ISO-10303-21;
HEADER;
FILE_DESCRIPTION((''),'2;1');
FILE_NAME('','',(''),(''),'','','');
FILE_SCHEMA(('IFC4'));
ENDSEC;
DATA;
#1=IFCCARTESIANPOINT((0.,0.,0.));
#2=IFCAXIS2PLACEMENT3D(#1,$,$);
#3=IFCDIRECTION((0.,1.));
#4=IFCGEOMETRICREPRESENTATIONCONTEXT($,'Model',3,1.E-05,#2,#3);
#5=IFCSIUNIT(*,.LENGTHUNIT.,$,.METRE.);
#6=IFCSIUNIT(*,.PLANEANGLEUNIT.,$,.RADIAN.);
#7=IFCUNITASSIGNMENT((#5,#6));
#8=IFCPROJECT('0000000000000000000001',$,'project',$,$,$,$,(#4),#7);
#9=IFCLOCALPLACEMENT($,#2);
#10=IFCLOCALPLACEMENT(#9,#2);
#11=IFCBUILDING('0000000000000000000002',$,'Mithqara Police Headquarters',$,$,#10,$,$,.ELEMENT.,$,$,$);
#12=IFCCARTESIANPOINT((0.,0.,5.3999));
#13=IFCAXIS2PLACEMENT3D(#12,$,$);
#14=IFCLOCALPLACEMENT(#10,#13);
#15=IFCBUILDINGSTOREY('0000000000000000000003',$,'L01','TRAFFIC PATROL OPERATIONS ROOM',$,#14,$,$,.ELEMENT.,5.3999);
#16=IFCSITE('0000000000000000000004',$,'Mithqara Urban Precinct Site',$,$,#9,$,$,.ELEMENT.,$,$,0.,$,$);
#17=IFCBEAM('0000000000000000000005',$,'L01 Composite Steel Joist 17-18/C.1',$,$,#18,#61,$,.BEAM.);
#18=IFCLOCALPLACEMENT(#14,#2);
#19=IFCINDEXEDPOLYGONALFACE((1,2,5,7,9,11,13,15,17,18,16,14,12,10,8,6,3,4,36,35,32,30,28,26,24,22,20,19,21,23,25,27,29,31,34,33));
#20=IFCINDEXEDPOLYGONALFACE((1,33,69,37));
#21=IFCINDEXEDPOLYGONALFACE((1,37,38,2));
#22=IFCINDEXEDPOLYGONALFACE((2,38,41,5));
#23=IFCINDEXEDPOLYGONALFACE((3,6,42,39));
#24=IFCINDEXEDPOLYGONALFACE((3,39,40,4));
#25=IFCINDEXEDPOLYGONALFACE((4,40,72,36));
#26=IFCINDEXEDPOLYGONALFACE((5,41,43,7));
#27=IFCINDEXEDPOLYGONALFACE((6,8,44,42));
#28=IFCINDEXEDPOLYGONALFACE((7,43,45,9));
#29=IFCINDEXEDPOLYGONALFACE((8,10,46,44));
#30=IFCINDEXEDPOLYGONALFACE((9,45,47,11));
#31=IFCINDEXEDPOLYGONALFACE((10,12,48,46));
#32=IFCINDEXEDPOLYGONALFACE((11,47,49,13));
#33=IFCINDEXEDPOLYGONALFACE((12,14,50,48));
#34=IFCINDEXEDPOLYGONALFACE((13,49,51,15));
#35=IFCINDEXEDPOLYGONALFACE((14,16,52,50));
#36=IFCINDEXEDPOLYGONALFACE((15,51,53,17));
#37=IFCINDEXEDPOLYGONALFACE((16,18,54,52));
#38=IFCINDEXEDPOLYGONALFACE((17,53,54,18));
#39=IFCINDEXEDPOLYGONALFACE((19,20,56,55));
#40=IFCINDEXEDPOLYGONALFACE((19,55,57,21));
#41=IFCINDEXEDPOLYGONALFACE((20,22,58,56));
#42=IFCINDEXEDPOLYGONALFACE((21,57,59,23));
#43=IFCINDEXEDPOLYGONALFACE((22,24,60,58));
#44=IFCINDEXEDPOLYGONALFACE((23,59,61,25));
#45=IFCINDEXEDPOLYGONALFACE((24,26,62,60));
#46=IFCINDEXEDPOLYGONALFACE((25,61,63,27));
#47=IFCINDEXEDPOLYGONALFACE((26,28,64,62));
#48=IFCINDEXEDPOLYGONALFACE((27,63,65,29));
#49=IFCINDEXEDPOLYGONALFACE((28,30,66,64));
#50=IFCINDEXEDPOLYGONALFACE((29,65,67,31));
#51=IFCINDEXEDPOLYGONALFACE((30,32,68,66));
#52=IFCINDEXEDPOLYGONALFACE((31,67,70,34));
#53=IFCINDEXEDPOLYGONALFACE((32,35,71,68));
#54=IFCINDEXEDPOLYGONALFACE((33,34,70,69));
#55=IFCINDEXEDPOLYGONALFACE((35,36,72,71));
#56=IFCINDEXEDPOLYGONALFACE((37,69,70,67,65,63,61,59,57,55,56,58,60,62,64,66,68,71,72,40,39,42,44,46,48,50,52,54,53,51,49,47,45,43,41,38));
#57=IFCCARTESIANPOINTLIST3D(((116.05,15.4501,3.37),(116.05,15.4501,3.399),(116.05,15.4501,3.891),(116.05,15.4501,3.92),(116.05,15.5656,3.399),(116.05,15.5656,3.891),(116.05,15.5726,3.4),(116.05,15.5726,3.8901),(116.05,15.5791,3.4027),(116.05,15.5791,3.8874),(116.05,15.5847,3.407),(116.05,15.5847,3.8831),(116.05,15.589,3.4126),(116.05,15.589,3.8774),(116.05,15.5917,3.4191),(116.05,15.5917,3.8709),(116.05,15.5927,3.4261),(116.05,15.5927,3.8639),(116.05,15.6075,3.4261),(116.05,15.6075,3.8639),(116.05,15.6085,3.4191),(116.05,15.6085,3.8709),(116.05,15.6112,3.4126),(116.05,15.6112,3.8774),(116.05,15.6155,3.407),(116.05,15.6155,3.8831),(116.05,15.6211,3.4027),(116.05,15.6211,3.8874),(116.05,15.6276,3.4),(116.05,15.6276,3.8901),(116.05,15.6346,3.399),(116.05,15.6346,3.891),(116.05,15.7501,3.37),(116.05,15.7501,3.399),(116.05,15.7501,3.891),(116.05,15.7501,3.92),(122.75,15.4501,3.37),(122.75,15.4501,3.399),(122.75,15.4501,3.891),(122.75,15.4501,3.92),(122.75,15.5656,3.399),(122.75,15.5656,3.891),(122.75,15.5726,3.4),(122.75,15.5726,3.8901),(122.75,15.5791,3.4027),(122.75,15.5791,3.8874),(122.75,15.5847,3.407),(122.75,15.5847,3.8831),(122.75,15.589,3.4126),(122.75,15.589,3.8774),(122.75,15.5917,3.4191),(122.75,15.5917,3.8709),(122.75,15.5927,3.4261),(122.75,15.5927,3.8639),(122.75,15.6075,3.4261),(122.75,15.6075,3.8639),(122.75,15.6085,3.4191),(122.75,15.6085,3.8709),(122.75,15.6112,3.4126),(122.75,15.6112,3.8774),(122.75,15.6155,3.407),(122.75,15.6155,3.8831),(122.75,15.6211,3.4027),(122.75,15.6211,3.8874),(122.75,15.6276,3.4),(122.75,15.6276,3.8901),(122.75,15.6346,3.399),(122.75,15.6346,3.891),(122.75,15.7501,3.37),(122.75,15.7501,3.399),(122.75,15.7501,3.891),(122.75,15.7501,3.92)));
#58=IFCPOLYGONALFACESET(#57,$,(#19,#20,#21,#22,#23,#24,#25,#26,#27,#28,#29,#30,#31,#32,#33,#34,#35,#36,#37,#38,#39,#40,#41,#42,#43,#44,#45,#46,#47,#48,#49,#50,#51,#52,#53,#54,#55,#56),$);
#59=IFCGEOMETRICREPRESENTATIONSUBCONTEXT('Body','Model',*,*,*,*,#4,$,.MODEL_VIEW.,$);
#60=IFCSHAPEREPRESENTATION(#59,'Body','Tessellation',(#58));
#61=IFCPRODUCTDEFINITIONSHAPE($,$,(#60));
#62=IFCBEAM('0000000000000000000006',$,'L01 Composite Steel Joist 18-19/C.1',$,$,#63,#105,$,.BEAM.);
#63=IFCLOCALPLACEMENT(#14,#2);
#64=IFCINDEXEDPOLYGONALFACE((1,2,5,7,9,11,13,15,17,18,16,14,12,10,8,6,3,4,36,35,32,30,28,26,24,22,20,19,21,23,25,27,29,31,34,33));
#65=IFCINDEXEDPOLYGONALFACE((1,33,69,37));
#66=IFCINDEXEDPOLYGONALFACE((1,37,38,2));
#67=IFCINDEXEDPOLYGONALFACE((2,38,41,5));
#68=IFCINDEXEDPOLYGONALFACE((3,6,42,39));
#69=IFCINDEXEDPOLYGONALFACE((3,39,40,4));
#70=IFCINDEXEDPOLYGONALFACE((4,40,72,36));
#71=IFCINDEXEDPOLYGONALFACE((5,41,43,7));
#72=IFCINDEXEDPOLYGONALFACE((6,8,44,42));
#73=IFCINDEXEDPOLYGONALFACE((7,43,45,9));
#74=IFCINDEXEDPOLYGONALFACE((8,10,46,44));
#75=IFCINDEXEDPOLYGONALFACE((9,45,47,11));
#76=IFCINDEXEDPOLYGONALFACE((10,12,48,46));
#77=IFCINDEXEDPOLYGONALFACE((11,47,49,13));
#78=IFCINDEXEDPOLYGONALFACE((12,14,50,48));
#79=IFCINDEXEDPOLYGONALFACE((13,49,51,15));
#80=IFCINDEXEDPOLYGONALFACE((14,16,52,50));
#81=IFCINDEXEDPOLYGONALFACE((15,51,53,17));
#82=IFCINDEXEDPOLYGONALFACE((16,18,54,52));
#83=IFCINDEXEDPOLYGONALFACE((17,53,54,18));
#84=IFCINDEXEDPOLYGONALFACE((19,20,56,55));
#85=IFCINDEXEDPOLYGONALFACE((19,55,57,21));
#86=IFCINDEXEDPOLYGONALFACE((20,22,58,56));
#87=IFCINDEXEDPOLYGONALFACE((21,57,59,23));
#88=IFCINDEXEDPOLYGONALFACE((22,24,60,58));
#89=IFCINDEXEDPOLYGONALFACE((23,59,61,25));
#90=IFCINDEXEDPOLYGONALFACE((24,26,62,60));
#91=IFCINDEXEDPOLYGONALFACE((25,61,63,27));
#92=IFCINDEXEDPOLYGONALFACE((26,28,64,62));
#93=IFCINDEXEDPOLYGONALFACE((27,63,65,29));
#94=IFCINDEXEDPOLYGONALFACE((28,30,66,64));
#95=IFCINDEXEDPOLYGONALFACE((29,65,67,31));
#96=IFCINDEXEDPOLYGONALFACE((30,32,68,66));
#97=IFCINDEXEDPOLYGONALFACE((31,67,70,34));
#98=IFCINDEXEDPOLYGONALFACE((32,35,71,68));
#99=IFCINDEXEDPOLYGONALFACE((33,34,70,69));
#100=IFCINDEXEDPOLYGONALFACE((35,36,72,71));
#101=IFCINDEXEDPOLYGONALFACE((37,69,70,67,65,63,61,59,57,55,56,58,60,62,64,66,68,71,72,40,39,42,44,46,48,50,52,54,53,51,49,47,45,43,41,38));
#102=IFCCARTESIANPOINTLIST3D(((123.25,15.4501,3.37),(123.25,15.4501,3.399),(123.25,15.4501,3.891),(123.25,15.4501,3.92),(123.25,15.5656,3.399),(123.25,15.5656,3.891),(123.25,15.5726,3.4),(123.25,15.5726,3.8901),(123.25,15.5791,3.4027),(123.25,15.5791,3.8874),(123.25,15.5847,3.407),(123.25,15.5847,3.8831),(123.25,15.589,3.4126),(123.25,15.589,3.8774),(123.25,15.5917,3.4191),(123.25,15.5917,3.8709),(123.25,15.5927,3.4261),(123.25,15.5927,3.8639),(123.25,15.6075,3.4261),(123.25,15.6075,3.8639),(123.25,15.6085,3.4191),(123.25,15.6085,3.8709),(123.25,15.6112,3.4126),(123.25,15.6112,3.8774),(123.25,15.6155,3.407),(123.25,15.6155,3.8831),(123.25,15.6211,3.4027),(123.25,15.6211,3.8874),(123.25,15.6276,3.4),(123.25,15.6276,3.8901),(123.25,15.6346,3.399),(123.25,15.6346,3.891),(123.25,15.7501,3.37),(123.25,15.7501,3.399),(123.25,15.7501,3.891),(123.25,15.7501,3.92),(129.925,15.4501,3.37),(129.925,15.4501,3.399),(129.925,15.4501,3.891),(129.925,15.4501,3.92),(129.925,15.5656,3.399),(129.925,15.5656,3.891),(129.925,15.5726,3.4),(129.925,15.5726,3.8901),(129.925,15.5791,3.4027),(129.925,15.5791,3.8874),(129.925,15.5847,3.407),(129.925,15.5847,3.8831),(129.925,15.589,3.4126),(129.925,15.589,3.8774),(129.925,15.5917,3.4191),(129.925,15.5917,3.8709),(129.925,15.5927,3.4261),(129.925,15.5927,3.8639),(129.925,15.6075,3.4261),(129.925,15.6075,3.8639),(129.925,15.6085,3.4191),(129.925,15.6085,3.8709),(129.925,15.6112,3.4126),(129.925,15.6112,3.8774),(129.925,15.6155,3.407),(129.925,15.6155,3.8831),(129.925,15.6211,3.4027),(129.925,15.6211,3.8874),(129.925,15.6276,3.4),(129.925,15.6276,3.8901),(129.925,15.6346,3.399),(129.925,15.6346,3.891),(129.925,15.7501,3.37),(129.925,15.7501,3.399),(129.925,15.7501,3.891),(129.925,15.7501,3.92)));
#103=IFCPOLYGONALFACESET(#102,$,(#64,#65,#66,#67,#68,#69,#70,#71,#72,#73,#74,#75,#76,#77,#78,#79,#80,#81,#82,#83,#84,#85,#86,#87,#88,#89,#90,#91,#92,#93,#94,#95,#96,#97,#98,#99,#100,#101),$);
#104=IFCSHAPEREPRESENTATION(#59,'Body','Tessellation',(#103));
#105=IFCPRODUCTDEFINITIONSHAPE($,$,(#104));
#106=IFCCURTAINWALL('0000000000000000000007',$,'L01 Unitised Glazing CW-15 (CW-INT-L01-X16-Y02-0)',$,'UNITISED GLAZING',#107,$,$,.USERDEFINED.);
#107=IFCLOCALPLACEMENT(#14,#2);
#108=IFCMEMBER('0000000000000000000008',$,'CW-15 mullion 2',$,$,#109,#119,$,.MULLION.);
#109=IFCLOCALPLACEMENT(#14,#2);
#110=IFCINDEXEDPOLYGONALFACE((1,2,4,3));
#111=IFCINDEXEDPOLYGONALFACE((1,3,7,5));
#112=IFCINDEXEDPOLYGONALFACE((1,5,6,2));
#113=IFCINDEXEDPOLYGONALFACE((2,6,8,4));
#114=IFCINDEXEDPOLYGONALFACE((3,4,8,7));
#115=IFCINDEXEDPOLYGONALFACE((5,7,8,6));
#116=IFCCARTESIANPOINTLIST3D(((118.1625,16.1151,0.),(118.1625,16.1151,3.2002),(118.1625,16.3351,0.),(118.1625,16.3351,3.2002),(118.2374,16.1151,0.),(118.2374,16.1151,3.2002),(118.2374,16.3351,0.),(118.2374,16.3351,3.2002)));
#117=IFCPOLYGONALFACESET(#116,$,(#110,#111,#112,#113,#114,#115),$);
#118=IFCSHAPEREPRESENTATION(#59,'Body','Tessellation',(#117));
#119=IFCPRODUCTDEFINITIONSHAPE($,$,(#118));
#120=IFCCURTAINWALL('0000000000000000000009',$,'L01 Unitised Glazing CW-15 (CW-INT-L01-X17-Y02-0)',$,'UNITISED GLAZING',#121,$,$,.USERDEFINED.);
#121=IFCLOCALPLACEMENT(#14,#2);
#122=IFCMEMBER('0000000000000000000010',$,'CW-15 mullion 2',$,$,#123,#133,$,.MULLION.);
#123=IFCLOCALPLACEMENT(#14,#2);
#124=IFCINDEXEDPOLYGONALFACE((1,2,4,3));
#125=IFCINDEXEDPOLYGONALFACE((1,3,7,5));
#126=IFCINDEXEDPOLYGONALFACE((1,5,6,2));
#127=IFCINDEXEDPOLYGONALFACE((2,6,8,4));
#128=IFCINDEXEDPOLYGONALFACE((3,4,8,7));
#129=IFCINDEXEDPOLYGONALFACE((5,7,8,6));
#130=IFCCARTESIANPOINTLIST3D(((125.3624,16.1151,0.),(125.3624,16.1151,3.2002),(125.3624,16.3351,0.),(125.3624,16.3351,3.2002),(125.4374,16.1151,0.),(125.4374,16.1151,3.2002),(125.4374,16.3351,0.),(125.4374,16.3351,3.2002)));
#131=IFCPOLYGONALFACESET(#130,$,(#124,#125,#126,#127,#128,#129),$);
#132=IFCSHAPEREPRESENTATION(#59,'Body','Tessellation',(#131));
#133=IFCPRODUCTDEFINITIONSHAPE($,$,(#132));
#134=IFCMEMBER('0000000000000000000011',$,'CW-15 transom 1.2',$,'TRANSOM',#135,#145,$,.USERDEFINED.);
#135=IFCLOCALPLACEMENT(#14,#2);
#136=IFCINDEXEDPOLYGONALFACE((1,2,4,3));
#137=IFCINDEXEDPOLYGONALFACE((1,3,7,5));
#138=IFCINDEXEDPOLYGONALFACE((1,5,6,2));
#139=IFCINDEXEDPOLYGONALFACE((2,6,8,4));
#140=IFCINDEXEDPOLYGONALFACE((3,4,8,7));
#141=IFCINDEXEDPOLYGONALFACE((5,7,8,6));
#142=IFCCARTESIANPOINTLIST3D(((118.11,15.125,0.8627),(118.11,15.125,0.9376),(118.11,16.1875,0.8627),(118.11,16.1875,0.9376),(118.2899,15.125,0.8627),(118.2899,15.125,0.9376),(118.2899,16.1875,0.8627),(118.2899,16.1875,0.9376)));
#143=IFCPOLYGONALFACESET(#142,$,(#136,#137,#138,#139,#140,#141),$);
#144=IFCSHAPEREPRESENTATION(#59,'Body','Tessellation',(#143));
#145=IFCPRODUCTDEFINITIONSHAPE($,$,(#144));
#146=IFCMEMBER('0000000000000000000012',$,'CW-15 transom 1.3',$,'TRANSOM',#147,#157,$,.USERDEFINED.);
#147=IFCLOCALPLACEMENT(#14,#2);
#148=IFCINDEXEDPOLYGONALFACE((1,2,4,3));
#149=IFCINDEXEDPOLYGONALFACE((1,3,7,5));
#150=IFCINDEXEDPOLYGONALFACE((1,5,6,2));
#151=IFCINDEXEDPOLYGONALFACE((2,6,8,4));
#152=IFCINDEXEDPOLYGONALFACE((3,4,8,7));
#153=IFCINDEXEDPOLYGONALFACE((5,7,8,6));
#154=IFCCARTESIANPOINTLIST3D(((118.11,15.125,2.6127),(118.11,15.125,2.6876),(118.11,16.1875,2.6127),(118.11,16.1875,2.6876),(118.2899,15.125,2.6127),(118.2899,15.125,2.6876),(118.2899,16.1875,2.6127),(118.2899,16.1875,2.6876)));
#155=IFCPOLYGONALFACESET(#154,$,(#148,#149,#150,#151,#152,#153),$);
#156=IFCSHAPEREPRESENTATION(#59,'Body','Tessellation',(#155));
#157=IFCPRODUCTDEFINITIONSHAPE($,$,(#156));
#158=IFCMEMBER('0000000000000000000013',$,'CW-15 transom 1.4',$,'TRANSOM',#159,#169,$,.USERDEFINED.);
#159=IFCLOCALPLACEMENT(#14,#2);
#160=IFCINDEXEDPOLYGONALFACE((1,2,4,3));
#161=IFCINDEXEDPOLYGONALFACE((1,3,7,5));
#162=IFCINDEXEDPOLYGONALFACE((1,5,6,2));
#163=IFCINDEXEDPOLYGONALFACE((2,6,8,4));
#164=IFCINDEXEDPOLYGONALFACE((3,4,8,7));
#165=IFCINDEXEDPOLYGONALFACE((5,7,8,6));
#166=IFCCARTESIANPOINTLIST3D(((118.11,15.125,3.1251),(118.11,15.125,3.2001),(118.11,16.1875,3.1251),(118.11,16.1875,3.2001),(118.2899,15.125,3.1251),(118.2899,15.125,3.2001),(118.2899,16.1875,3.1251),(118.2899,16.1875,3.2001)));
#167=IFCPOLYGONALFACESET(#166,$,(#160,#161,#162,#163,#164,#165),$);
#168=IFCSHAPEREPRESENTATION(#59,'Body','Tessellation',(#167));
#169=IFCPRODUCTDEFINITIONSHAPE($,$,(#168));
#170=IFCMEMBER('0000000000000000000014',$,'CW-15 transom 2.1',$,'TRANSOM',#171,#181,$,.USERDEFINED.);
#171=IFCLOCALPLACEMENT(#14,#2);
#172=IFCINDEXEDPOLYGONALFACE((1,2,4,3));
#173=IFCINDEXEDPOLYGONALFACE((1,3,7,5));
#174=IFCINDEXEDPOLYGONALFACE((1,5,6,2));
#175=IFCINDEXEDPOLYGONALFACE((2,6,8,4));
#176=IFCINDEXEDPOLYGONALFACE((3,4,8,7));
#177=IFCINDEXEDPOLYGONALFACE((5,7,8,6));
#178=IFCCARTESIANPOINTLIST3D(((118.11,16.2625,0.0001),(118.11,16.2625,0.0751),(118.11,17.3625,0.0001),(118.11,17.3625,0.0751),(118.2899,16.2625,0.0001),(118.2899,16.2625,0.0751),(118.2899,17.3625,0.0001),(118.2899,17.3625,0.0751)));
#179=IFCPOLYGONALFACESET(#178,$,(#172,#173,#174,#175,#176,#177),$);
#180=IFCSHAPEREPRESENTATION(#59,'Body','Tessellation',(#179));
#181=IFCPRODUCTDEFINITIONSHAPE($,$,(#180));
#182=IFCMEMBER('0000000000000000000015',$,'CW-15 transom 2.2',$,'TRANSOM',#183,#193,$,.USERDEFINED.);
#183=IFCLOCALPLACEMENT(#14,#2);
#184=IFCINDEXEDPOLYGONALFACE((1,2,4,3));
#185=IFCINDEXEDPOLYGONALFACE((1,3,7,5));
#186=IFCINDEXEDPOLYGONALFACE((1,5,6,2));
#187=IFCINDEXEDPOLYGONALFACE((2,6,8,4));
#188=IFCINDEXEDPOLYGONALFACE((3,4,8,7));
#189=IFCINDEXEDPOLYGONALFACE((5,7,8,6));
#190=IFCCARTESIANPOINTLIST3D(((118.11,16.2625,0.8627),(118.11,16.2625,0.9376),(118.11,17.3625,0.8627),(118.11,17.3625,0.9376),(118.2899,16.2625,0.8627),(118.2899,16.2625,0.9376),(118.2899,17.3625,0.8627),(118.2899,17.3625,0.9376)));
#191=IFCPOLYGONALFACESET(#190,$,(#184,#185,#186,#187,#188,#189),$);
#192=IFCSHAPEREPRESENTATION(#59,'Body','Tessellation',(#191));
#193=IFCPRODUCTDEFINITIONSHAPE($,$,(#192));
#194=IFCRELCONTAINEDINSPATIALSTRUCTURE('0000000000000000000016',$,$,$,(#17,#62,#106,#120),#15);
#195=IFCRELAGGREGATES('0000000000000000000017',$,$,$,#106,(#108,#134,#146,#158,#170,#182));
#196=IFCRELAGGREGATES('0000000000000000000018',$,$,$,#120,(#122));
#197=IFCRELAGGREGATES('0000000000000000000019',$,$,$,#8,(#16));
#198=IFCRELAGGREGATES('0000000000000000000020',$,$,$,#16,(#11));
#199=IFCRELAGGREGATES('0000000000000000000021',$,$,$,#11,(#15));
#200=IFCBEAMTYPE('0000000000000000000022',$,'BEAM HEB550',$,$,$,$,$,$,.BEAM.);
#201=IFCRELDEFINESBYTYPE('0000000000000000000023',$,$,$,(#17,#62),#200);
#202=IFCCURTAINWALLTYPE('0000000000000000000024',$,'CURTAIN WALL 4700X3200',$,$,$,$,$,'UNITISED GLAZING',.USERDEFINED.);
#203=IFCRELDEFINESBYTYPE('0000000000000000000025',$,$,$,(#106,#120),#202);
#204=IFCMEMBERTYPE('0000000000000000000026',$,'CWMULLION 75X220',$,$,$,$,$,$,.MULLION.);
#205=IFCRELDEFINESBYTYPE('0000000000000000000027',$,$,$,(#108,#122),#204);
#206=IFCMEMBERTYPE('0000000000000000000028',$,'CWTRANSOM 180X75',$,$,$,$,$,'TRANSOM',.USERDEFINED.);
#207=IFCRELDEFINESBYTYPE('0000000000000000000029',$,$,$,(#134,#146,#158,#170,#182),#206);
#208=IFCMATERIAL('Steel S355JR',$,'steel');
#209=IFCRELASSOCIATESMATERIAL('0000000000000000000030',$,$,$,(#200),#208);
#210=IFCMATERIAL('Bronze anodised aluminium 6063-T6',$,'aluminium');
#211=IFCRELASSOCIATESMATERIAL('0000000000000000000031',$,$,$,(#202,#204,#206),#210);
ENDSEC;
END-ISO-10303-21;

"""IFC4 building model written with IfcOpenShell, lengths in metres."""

from ifc_helpers import new_model, si_unit, direction, frame, origin, origin_2d, place, context, subcontext, project, spatial, rectangle, i_section, extrude, material, material_profile, profile_set, type_object, element, aggregate, save


model = new_model("IFC4")

# Units and contexts
model_context = context("Model", 3, precision=1e-05, world=origin(), true_north=direction((0.0, 1.0)))
body_context = subcontext(model_context, "Body", "Model", "MODEL_VIEW")
ifc_project = project(units=[si_unit("LENGTHUNIT", "METRE"), si_unit("PLANEANGLEUNIT", "RADIAN")], contexts=[model_context])

# Site, building, storey
site_placement = place(None, origin())
site = spatial("IfcSite", under=ifc_project, at=site_placement, Name="Mithqara Urban Precinct Site", CompositionType="ELEMENT", RefElevation=0.0)
building_placement = place(site_placement, origin())
building = spatial("IfcBuilding", under=site, at=building_placement, Name="Mithqara Police Headquarters", CompositionType="ELEMENT")
storey_placement = place(building_placement, frame((0.0, 0.0, 5.3999)))
storey = spatial("IfcBuildingStorey", under=building, at=storey_placement, Name="L01", Description="TRAFFIC PATROL OPERATIONS ROOM", CompositionType="ELEMENT", Elevation=5.3999)

# Beams
ifc_material_1 = material(Name="Steel S355JR", Category="steel")
ifc_material_profile_1 = material_profile(ifc_material_1, i_section(OverallWidth=0.3, OverallDepth=0.55, WebThickness=0.0149, FlangeThickness=0.0291, FilletRadius=0.0271, at=origin_2d()), Name="HEB 550")
ifc_profile_set_1 = profile_set([ifc_material_profile_1], Name="Steel S355JR")
beam_type = type_object("IfcBeamType", Name="BEAM HEB550", PredefinedType="BEAM", material=ifc_profile_set_1)
beam_1_placement = place(storey_placement, frame((116.05, 15.6001, 3.645), z_axis=(1.0, 0.0, 0.0), x_axis=(0.0, 1.0, 0.0)))
element("IfcBeam", 1, at=beam_1_placement, inside=storey, type_object=beam_type, Name="L01 Composite Steel Joist 17-18/C.1", PredefinedType="BEAM", context=body_context, shape_type="SweptSolid", body=[
    extrude(i_section(OverallWidth=0.3, OverallDepth=0.55, WebThickness=0.0149, FlangeThickness=0.0291, FilletRadius=0.0271, at=origin_2d()), origin(), (0.0, 0.0, 1.0), 6.7),
])
beam_2_placement = place(storey_placement, frame((123.25, 15.6001, 3.645), z_axis=(1.0, 0.0, 0.0), x_axis=(0.0, 1.0, 0.0)))
element("IfcBeam", 2, at=beam_2_placement, inside=storey, type_object=beam_type, Name="L01 Composite Steel Joist 18-19/C.1", PredefinedType="BEAM", context=body_context, shape_type="SweptSolid", body=[
    extrude(i_section(OverallWidth=0.3, OverallDepth=0.55, WebThickness=0.0149, FlangeThickness=0.0291, FilletRadius=0.0271, at=origin_2d()), origin(), (0.0, 0.0, 1.0), 6.675),
])

# Curtain walls, members
ifc_material_2 = material(Name="Bronze anodised aluminium 6063-T6", Category="aluminium")
curtain_wall_type = type_object("IfcCurtainWallType", Name="CURTAIN WALL 4700X3200", ElementType="UNITISED GLAZING", PredefinedType="USERDEFINED", material=ifc_material_2)
curtain_wall_1_placement = place(storey_placement, origin())
curtain_wall_1 = element("IfcCurtainWall", 3, at=curtain_wall_1_placement, inside=storey, type_object=curtain_wall_type, Name="L01 Unitised Glazing CW-15 (CW-INT-L01-X16-Y02-0)", ObjectType="UNITISED GLAZING", PredefinedType="USERDEFINED")
ifc_material_profile_2 = material_profile(ifc_material_2, rectangle(XDim=0.075, YDim=0.22, at=origin_2d()), Name="CWM 75x220")
ifc_profile_set_2 = profile_set([ifc_material_profile_2], Name="Bronze anodised aluminium 6063-T6")
member_type_1 = type_object("IfcMemberType", Name="CWMULLION 75X220", PredefinedType="MULLION", material=ifc_profile_set_2)
member_1_placement = place(storey_placement, frame((118.2, 16.2251, 0.0), z_axis=(0.0, 0.0, 1.0), x_axis=(-1.0, 0.0, 0.0)))
member_1 = element("IfcMember", 4, at=member_1_placement, type_object=member_type_1, Name="CW-15 mullion 2", PredefinedType="MULLION", context=body_context, shape_type="SweptSolid", body=[
    extrude(rectangle(XDim=0.075, YDim=0.22, at=origin_2d()), origin(), (0.0, 0.0, 1.0), 3.2002),
])
curtain_wall_2_placement = place(storey_placement, origin())
curtain_wall_2 = element("IfcCurtainWall", 5, at=curtain_wall_2_placement, inside=storey, type_object=curtain_wall_type, Name="L01 Unitised Glazing CW-15 (CW-INT-L01-X17-Y02-0)", ObjectType="UNITISED GLAZING", PredefinedType="USERDEFINED")
member_2_placement = place(storey_placement, frame((125.3999, 16.2251, 0.0), z_axis=(0.0, 0.0, 1.0), x_axis=(-1.0, 0.0, 0.0)))
member_2 = element("IfcMember", 6, at=member_2_placement, type_object=member_type_1, Name="CW-15 mullion 2", PredefinedType="MULLION", context=body_context, shape_type="SweptSolid", body=[
    extrude(rectangle(XDim=0.075, YDim=0.22, at=origin_2d()), origin(), (0.0, 0.0, 1.0), 3.2002),
])

# Members
ifc_material_profile_3 = material_profile(ifc_material_2, rectangle(XDim=0.1799, YDim=0.075, at=origin_2d()), Name="CWT 180x75")
ifc_profile_set_3 = profile_set([ifc_material_profile_3], Name="Bronze anodised aluminium 6063-T6")
member_type_2 = type_object("IfcMemberType", Name="CWTRANSOM 180X75", ElementType="TRANSOM", PredefinedType="USERDEFINED", material=ifc_profile_set_3)
member_3_placement = place(storey_placement, frame((118.2, 15.125, 0.9001), z_axis=(0.0, 1.0, 0.0), x_axis=(-1.0, 0.0, 0.0)))
member_3 = element("IfcMember", 7, at=member_3_placement, type_object=member_type_2, Name="CW-15 transom 1.2", ObjectType="TRANSOM", PredefinedType="USERDEFINED", context=body_context, shape_type="SweptSolid", body=[
    extrude(rectangle(XDim=0.1799, YDim=0.075, at=origin_2d()), origin(), (0.0, 0.0, 1.0), 1.0625),
])
member_4_placement = place(storey_placement, frame((118.2, 15.125, 2.6501), z_axis=(0.0, 1.0, 0.0), x_axis=(-1.0, 0.0, 0.0)))
member_4 = element("IfcMember", 8, at=member_4_placement, type_object=member_type_2, Name="CW-15 transom 1.3", ObjectType="TRANSOM", PredefinedType="USERDEFINED", context=body_context, shape_type="SweptSolid", body=[
    extrude(rectangle(XDim=0.1799, YDim=0.075, at=origin_2d()), origin(), (0.0, 0.0, 1.0), 1.0625),
])
member_5_placement = place(storey_placement, frame((118.2, 15.125, 3.1626), z_axis=(0.0, 1.0, 0.0), x_axis=(-1.0, 0.0, 0.0)))
member_5 = element("IfcMember", 9, at=member_5_placement, type_object=member_type_2, Name="CW-15 transom 1.4", ObjectType="TRANSOM", PredefinedType="USERDEFINED", context=body_context, shape_type="SweptSolid", body=[
    extrude(rectangle(XDim=0.1799, YDim=0.075, at=origin_2d()), origin(), (0.0, 0.0, 1.0), 1.0625),
])
member_6_placement = place(storey_placement, frame((118.2, 16.2625, 0.0376), z_axis=(0.0, 1.0, 0.0), x_axis=(-1.0, 0.0, 0.0)))
member_6 = element("IfcMember", 10, at=member_6_placement, type_object=member_type_2, Name="CW-15 transom 2.1", ObjectType="TRANSOM", PredefinedType="USERDEFINED", context=body_context, shape_type="SweptSolid", body=[
    extrude(rectangle(XDim=0.1799, YDim=0.075, at=origin_2d()), origin(), (0.0, 0.0, 1.0), 1.1001),
])
member_7_placement = place(storey_placement, frame((118.2, 16.2625, 0.9001), z_axis=(0.0, 1.0, 0.0), x_axis=(-1.0, 0.0, 0.0)))
member_7 = element("IfcMember", 11, at=member_7_placement, type_object=member_type_2, Name="CW-15 transom 2.2", ObjectType="TRANSOM", PredefinedType="USERDEFINED", context=body_context, shape_type="SweptSolid", body=[
    extrude(rectangle(XDim=0.1799, YDim=0.075, at=origin_2d()), origin(), (0.0, 0.0, 1.0), 1.1001),
])

aggregate(curtain_wall_1, [member_1, member_3, member_4, member_5, member_6, member_7])
aggregate(curtain_wall_2, [member_2])

save(model, "model.ifc")
